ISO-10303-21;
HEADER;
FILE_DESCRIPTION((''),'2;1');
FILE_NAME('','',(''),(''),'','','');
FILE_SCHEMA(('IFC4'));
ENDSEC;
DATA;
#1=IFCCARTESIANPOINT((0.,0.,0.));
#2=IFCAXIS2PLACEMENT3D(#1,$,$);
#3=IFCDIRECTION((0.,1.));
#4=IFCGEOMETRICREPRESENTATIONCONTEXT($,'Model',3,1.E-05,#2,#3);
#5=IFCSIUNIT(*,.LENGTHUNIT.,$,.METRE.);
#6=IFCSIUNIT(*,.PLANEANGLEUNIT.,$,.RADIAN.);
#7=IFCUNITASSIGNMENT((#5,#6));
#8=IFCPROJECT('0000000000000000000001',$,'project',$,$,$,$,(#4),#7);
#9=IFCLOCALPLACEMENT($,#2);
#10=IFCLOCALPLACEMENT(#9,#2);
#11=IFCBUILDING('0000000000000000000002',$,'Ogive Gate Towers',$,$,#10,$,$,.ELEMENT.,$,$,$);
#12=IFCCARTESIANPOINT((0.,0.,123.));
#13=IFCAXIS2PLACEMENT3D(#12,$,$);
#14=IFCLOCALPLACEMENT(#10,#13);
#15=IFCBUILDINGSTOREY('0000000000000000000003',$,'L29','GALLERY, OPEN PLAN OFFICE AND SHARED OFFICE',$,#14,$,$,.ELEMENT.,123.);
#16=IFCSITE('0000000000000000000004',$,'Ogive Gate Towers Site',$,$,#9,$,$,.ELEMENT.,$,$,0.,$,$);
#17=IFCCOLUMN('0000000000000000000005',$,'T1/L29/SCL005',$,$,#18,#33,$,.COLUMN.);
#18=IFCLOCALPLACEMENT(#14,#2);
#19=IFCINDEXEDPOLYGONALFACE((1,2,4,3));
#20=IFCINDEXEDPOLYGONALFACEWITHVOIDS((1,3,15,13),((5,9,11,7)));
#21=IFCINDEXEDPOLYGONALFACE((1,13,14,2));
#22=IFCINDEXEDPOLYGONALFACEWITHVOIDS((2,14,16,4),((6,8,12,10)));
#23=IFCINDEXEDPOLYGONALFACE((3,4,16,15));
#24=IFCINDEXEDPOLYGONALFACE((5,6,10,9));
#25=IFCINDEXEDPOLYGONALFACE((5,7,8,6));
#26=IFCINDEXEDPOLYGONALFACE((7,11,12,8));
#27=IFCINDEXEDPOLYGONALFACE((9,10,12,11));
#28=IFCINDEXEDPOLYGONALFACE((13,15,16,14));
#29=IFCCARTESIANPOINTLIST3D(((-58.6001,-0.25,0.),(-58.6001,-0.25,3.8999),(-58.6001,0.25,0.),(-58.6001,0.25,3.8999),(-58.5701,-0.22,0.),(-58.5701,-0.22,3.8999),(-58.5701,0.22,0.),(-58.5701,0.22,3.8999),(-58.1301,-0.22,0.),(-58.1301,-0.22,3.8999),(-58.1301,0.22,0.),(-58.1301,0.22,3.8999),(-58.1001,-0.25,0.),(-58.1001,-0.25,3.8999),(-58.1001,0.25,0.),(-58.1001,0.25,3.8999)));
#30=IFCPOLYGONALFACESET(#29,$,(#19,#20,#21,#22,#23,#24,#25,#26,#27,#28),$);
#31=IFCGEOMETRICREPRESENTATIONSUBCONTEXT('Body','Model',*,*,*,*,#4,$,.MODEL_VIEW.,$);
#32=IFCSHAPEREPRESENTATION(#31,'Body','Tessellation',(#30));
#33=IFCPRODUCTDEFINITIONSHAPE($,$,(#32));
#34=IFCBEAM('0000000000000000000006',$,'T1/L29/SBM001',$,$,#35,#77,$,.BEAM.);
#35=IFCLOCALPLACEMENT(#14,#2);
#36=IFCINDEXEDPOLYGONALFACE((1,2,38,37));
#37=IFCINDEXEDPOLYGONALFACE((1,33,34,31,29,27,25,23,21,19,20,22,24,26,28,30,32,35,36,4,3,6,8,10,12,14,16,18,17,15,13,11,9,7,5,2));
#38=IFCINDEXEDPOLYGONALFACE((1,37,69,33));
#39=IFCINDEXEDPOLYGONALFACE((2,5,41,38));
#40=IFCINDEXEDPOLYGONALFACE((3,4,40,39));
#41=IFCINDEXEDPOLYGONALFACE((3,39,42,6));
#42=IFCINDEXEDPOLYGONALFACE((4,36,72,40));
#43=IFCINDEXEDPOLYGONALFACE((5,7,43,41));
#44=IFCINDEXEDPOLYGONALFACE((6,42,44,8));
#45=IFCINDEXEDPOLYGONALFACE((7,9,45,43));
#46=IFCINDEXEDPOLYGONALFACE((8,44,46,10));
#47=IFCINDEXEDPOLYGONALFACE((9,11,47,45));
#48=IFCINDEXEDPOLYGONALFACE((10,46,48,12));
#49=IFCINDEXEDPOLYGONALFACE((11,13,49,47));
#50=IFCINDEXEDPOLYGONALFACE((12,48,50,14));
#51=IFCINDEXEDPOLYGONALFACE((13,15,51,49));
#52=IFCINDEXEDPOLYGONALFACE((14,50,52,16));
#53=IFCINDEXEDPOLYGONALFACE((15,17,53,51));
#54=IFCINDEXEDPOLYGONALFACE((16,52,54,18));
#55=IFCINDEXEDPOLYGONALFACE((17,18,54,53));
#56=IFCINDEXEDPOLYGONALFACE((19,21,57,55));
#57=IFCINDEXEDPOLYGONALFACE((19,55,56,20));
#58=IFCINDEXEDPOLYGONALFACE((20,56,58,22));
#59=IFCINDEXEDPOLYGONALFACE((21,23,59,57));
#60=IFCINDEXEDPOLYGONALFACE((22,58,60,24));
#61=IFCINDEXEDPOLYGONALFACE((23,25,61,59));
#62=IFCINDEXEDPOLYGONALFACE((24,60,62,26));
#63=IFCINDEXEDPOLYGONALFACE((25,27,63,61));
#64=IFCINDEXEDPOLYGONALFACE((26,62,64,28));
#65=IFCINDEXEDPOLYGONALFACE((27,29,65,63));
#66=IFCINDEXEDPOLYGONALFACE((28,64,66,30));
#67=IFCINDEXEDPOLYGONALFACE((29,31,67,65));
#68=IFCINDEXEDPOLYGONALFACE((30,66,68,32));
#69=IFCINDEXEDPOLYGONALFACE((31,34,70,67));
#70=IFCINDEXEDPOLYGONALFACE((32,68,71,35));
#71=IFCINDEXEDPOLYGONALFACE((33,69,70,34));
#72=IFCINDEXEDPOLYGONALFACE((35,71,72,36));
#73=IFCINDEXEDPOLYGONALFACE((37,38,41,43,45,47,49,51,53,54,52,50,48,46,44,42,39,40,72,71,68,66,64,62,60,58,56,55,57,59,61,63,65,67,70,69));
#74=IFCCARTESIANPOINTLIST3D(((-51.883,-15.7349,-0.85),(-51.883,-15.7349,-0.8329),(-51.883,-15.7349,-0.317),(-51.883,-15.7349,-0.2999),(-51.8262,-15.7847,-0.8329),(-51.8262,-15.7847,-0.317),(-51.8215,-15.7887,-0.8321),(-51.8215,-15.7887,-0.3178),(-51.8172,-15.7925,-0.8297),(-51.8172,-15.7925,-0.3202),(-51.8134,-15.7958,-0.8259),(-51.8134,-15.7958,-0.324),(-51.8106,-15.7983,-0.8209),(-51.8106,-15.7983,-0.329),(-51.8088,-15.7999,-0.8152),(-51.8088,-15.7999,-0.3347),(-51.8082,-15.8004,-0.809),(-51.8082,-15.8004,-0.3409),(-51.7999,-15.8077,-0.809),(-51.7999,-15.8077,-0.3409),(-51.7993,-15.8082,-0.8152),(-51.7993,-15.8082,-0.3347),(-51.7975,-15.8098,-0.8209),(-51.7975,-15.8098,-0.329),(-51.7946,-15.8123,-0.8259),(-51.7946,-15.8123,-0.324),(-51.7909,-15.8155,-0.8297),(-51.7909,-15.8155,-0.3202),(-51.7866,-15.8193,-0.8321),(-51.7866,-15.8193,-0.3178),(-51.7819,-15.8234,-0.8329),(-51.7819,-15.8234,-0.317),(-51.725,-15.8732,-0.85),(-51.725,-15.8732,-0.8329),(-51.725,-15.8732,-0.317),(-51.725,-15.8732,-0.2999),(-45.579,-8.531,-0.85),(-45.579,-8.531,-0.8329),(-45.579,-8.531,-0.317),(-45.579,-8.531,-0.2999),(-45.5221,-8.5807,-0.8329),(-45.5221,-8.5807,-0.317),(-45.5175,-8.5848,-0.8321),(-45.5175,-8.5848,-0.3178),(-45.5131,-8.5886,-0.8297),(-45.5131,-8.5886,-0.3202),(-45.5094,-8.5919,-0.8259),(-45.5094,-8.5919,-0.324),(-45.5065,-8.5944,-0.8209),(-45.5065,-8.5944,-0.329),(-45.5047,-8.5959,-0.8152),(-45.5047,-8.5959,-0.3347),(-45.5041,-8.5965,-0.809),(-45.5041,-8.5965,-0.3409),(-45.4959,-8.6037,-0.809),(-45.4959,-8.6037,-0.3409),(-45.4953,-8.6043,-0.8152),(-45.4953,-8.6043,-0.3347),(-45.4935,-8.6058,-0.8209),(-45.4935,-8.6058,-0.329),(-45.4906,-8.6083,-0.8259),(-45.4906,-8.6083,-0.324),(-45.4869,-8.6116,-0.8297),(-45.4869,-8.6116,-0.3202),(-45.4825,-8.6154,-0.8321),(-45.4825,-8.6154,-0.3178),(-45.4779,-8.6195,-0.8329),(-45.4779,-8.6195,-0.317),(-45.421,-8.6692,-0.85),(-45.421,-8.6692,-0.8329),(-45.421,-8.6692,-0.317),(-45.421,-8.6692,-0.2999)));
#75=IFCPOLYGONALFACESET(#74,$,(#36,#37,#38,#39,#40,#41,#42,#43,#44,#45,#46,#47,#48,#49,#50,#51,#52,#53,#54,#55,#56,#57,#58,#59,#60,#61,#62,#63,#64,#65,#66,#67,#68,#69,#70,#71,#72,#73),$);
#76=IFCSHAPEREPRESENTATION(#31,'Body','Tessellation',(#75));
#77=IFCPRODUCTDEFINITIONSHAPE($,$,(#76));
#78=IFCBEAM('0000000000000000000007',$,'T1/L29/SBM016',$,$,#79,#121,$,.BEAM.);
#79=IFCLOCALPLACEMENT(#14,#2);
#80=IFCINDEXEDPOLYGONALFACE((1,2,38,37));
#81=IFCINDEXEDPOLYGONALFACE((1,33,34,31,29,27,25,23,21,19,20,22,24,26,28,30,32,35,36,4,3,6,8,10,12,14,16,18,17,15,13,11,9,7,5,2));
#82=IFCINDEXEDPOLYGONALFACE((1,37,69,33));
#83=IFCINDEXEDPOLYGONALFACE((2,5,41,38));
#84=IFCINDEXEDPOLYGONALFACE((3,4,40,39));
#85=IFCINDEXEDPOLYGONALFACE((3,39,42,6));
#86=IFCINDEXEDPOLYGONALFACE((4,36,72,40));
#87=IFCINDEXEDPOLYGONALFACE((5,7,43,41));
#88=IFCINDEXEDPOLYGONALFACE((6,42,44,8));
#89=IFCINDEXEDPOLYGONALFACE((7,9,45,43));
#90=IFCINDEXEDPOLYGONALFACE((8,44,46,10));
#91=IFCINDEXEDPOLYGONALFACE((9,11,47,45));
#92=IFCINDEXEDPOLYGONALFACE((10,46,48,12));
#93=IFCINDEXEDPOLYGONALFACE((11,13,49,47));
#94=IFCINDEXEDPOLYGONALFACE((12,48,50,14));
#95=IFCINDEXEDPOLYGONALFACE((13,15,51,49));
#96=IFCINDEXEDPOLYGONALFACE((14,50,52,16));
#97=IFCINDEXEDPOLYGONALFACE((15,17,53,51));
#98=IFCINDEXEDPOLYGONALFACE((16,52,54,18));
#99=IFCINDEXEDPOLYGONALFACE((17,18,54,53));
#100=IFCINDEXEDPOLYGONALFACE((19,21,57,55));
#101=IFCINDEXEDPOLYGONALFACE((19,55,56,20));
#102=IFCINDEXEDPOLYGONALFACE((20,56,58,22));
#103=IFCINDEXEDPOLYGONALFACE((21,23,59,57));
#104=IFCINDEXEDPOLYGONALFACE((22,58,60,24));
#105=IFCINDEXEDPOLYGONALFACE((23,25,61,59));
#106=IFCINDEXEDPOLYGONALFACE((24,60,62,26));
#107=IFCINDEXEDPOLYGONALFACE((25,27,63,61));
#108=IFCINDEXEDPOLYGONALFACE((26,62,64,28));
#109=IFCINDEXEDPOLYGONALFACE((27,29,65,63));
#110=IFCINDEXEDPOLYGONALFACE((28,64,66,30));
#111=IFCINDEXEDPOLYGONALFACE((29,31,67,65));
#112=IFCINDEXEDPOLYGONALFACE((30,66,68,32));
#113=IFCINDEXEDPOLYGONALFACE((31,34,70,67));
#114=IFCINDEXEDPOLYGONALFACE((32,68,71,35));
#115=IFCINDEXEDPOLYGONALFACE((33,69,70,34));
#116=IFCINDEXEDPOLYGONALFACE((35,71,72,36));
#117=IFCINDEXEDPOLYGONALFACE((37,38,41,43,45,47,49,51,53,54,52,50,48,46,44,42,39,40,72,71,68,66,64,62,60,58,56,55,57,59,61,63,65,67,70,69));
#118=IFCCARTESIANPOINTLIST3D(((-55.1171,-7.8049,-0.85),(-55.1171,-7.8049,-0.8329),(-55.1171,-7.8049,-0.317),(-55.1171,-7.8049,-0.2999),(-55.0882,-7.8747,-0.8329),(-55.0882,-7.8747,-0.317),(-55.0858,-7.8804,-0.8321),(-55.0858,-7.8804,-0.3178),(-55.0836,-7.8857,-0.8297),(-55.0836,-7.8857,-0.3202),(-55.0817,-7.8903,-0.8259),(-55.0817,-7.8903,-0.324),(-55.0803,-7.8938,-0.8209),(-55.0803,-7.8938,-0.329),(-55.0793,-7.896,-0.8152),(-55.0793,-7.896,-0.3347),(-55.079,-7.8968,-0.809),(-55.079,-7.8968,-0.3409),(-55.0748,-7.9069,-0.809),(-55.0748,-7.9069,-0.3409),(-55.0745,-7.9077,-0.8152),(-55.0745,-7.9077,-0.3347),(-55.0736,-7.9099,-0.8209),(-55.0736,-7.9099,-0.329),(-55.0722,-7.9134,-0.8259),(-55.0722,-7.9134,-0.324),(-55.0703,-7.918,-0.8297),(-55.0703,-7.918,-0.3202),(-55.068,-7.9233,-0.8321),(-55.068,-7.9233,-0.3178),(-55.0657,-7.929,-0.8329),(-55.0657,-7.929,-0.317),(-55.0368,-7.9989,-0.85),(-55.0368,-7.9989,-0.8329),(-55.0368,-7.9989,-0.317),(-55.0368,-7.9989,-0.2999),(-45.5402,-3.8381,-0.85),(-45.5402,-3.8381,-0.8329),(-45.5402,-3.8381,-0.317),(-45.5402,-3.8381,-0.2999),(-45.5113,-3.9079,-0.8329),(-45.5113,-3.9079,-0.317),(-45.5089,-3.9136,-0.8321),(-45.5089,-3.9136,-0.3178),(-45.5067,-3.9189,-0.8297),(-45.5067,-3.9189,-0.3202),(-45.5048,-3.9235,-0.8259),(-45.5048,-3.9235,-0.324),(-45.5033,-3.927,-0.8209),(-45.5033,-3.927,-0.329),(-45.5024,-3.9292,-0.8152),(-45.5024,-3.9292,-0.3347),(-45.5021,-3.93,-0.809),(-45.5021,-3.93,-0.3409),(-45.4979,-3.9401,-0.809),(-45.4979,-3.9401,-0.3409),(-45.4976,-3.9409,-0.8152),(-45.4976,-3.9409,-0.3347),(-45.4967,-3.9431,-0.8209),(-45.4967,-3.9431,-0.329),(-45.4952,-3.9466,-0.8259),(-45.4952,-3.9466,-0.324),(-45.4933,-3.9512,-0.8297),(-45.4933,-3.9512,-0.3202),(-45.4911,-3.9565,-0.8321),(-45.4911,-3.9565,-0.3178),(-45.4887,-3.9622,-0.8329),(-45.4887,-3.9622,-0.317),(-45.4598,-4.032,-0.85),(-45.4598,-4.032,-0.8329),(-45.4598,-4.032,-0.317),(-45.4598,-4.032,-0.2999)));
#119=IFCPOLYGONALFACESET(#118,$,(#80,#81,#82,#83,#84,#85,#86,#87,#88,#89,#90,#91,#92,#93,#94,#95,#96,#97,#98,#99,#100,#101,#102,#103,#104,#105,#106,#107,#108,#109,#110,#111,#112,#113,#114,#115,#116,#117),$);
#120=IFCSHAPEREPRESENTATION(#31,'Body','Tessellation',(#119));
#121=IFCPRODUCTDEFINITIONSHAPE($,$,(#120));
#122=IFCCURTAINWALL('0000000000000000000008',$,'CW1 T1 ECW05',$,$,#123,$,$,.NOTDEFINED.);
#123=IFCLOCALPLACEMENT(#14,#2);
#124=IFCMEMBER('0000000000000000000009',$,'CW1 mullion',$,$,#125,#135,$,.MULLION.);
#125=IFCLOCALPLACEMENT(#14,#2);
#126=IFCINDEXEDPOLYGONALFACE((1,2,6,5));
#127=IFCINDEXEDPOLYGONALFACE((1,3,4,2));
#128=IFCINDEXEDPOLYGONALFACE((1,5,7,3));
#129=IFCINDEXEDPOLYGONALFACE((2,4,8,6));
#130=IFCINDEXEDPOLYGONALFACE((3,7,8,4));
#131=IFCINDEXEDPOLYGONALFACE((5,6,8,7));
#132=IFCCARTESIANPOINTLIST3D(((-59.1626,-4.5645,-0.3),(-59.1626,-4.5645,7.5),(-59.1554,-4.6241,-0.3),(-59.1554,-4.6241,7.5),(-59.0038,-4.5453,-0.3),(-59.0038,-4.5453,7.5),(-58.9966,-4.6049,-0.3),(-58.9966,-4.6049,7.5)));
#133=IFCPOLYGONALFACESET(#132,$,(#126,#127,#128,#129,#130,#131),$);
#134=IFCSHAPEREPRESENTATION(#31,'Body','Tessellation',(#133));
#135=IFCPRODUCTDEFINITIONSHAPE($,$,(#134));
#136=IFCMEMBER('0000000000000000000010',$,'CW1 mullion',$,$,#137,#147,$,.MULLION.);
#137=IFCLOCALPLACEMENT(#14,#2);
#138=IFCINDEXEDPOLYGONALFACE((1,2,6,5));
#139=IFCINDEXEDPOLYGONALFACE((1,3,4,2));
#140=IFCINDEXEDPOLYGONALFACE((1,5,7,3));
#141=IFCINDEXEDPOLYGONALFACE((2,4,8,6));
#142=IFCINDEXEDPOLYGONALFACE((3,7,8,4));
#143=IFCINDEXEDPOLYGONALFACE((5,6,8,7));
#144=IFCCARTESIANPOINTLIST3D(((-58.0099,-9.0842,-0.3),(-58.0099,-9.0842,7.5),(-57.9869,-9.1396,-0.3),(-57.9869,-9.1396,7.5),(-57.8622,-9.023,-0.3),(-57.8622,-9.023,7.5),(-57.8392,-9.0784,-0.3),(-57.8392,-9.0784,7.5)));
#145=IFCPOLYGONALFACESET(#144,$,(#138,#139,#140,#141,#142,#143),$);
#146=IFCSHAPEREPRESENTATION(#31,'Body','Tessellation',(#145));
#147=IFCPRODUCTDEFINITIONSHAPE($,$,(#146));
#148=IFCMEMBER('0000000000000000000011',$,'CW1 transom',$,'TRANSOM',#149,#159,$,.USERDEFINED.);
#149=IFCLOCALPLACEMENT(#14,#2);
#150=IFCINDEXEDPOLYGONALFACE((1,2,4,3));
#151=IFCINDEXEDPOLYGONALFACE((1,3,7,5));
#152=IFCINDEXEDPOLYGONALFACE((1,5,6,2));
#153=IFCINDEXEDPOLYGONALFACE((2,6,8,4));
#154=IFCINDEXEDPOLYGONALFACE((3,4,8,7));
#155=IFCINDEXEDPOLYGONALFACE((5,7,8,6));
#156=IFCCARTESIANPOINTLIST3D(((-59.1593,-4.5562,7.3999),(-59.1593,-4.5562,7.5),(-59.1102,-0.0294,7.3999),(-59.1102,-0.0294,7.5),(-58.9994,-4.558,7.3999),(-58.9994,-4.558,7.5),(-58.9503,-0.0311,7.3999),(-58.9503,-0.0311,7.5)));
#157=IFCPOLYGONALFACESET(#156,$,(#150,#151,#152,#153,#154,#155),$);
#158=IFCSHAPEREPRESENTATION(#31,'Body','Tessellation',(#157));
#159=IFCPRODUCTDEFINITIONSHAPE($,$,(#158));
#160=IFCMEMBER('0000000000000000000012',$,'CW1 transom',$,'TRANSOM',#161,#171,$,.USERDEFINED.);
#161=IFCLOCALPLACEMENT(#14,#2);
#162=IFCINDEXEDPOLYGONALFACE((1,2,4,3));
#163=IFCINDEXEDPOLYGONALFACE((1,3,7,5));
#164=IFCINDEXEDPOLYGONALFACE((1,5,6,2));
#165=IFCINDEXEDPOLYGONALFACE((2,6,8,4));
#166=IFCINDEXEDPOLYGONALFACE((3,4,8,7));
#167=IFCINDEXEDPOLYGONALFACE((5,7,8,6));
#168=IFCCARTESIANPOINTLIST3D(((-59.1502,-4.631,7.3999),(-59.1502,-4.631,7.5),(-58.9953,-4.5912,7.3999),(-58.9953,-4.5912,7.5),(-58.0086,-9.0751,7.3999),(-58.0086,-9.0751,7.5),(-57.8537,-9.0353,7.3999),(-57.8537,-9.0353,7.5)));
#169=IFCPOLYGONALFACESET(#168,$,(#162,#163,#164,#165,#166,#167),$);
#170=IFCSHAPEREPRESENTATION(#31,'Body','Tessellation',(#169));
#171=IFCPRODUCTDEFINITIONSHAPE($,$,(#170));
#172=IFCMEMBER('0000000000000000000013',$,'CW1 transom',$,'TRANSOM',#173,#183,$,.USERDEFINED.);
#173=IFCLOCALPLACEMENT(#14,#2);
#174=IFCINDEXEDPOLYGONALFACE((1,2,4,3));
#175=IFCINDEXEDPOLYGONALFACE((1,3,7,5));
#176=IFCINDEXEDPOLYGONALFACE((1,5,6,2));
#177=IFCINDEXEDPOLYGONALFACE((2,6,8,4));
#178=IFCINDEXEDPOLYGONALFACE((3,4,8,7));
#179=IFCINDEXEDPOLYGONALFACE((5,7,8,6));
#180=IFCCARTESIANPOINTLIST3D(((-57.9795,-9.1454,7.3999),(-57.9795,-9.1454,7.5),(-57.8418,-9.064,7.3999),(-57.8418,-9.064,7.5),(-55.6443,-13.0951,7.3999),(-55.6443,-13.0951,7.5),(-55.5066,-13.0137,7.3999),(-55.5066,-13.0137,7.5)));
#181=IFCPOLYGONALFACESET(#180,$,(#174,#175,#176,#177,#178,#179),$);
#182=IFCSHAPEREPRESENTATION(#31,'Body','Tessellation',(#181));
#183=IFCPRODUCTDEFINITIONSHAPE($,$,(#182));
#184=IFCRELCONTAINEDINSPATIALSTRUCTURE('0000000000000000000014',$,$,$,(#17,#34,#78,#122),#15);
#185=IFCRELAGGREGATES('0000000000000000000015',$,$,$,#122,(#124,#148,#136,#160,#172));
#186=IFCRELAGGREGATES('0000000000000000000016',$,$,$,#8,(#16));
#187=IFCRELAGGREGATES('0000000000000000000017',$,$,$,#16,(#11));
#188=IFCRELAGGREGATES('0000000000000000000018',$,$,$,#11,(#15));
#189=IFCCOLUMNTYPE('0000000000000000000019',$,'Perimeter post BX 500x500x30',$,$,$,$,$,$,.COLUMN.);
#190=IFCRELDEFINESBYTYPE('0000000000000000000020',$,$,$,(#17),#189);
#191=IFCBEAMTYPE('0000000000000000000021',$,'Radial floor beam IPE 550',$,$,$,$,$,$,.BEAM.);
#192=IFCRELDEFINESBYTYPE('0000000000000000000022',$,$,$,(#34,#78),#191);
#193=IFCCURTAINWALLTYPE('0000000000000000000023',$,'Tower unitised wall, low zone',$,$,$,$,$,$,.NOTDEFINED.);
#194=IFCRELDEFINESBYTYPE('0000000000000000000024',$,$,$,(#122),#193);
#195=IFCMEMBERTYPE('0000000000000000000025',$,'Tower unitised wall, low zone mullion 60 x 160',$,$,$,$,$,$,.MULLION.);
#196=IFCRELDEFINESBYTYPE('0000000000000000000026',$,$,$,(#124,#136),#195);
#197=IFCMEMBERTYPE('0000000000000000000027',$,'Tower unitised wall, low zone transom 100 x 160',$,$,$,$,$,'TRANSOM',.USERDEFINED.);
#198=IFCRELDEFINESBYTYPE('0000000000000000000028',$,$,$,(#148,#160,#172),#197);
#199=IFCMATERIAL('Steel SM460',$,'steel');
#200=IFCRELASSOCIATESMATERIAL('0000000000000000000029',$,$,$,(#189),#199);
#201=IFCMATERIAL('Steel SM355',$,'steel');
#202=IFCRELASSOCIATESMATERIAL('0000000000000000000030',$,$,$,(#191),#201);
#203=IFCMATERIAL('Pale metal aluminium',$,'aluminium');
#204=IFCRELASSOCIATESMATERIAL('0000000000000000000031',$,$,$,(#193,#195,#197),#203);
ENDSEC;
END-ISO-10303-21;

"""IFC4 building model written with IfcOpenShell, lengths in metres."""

from ifc_helpers import new_model, si_unit, direction, frame, origin, origin_2d, place, context, subcontext, project, spatial, rectangle, hollow_rectangle, i_section, extrude, material, material_profile, profile_set, type_object, element, aggregate, save


model = new_model("IFC4")

# Units and contexts
model_context = context("Model", 3, precision=1e-05, world=origin(), true_north=direction((0.0, 1.0)))
body_context = subcontext(model_context, "Body", "Model", "MODEL_VIEW")
ifc_project = project(units=[si_unit("LENGTHUNIT", "METRE"), si_unit("PLANEANGLEUNIT", "RADIAN")], contexts=[model_context])

# Site, building, storey
site_placement = place(None, origin())
site = spatial("IfcSite", under=ifc_project, at=site_placement, Name="Ogive Gate Towers Site", CompositionType="ELEMENT", RefElevation=0.0)
building_placement = place(site_placement, origin())
building = spatial("IfcBuilding", under=site, at=building_placement, Name="Ogive Gate Towers", CompositionType="ELEMENT")
storey_placement = place(building_placement, frame((0.0, 0.0, 123.0)))
storey = spatial("IfcBuildingStorey", under=building, at=storey_placement, Name="L29", Description="GALLERY, OPEN PLAN OFFICE AND SHARED OFFICE", CompositionType="ELEMENT", Elevation=123.0)

# Column
ifc_material_1 = material(Name="Steel SM460", Category="steel")
ifc_material_profile_1 = material_profile(ifc_material_1, hollow_rectangle(XDim=0.5, YDim=0.5, WallThickness=0.03, at=origin_2d()), Name="BX 500x500x30")
ifc_profile_set_1 = profile_set([ifc_material_profile_1], Name="Steel SM460")
column_type = type_object("IfcColumnType", Name="Perimeter post BX 500x500x30", PredefinedType="COLUMN", material=ifc_profile_set_1)
column_placement = place(storey_placement, frame((-58.3501, 0.0, 0.0), z_axis=(0.0, 0.0, 1.0), x_axis=(1.0, 0.0, 0.0)))
element("IfcColumn", 1, at=column_placement, inside=storey, type_object=column_type, Name="T1/L29/SCL005", PredefinedType="COLUMN", context=body_context, shape_type="SweptSolid", body=[
    extrude(hollow_rectangle(XDim=0.5, YDim=0.5, WallThickness=0.03, at=origin_2d()), origin(), (0.0, 0.0, 1.0), 3.8999),
])

# Beams
ifc_material_2 = material(Name="Steel SM355", Category="steel")
ifc_material_profile_2 = material_profile(ifc_material_2, i_section(OverallWidth=0.21, OverallDepth=0.55, WebThickness=0.011, FlangeThickness=0.0171, FilletRadius=0.0239, at=origin_2d()), Name="IPE 550")
ifc_profile_set_2 = profile_set([ifc_material_profile_2], Name="Steel SM355")
beam_type = type_object("IfcBeamType", Name="Radial floor beam IPE 550", PredefinedType="BEAM", material=ifc_profile_set_2)
beam_1_placement = place(storey_placement, frame((-45.5, -8.6001, -0.575), z_axis=(-0.658539, -0.752547, 0.0), x_axis=(0.752547, -0.658539, 0.0)))
element("IfcBeam", 2, at=beam_1_placement, inside=storey, type_object=beam_type, Name="T1/L29/SBM001", PredefinedType="BEAM", context=body_context, shape_type="SweptSolid", body=[
    extrude(i_section(OverallWidth=0.21, OverallDepth=0.55, WebThickness=0.011, FlangeThickness=0.0171, FilletRadius=0.0239, at=origin_2d()), origin(), (0.0, 0.0, 1.0), 9.5728),
])
beam_2_placement = place(storey_placement, frame((-45.5, -3.9351, -0.575), z_axis=(-0.923882, -0.382676, 0.0), x_axis=(0.382676, -0.923882, 0.0)))
element("IfcBeam", 3, at=beam_2_placement, inside=storey, type_object=beam_type, Name="T1/L29/SBM016", PredefinedType="BEAM", context=body_context, shape_type="SweptSolid", body=[
    extrude(i_section(OverallWidth=0.21, OverallDepth=0.55, WebThickness=0.011, FlangeThickness=0.0171, FilletRadius=0.0239, at=origin_2d()), origin(), (0.0, 0.0, 1.0), 10.366),
])

# Curtain wall, members
ifc_material_3 = material(Name="Pale metal aluminium", Category="aluminium")
curtain_wall_type = type_object("IfcCurtainWallType", Name="Tower unitised wall, low zone", PredefinedType="NOTDEFINED", material=ifc_material_3)
curtain_wall_placement = place(storey_placement, origin())
curtain_wall = element("IfcCurtainWall", 4, at=curtain_wall_placement, inside=storey, type_object=curtain_wall_type, Name="CW1 T1 ECW05", PredefinedType="NOTDEFINED")
ifc_material_profile_3 = material_profile(ifc_material_3, rectangle(XDim=0.1599, YDim=0.0601, at=origin_2d()), Name="60 x 160 aluminium box")
ifc_profile_set_3 = profile_set([ifc_material_profile_3], Name="Pale metal aluminium")
member_type_1 = type_object("IfcMemberType", Name="Tower unitised wall, low zone mullion 60 x 160", PredefinedType="MULLION", material=ifc_profile_set_3)
member_1_placement = place(storey_placement, frame((-59.0796, -4.5847, -0.3), z_axis=(0.0, 0.0, 1.0), x_axis=(-0.99277, -0.120033, 0.0)))
member_1 = element("IfcMember", 5, at=member_1_placement, type_object=member_type_1, Name="CW1 mullion", PredefinedType="MULLION", context=body_context, shape_type="SweptSolid", body=[
    extrude(rectangle(XDim=0.1599, YDim=0.0601, at=origin_2d()), origin(), (0.0, 0.0, 1.0), 7.8),
])
member_2_placement = place(storey_placement, frame((-57.9246, -9.0813, -0.3), z_axis=(0.0, 0.0, 1.0), x_axis=(-0.92388, -0.382683, 0.0)))
member_2 = element("IfcMember", 6, at=member_2_placement, type_object=member_type_1, Name="CW1 mullion", PredefinedType="MULLION", context=body_context, shape_type="SweptSolid", body=[
    extrude(rectangle(XDim=0.1599, YDim=0.0601, at=origin_2d()), origin(), (0.0, 0.0, 1.0), 7.8),
])
ifc_material_profile_4 = material_profile(ifc_material_3, rectangle(XDim=0.1599, YDim=0.1001, at=origin_2d()), Name="100 x 160 aluminium box")
ifc_profile_set_4 = profile_set([ifc_material_profile_4], Name="Pale metal aluminium")
member_type_2 = type_object("IfcMemberType", Name="Tower unitised wall, low zone transom 100 x 160", ElementType="TRANSOM", PredefinedType="USERDEFINED", material=ifc_profile_set_4)
member_3_placement = place(storey_placement, frame((-59.0303, -0.0303, 7.45), z_axis=(-0.01084, -0.999941, 0.0), x_axis=(0.999941, -0.01084, 0.0)))
member_3 = element("IfcMember", 7, at=member_3_placement, type_object=member_type_2, Name="CW1 transom", ObjectType="TRANSOM", PredefinedType="USERDEFINED", context=body_context, shape_type="SweptSolid", body=[
    extrude(rectangle(XDim=0.1599, YDim=0.1001, at=origin_2d()), origin(), (0.0, 0.0, 1.0), 4.5271),
])
member_4_placement = place(storey_placement, frame((-59.0728, -4.6111, 7.45), z_axis=(0.248803, -0.968554, 0.0), x_axis=(0.968554, 0.248803, 0.0)))
member_4 = element("IfcMember", 8, at=member_4_placement, type_object=member_type_2, Name="CW1 transom", ObjectType="TRANSOM", PredefinedType="USERDEFINED", context=body_context, shape_type="SweptSolid", body=[
    extrude(rectangle(XDim=0.1599, YDim=0.1001, at=origin_2d()), origin(), (0.0, 0.0, 1.0), 4.5884),
])
member_5_placement = place(storey_placement, frame((-57.9106, -9.1047, 7.45), z_axis=(0.508937, -0.860804, 0.0), x_axis=(0.860804, 0.508937, 0.0)))
member_5 = element("IfcMember", 9, at=member_5_placement, type_object=member_type_2, Name="CW1 transom", ObjectType="TRANSOM", PredefinedType="USERDEFINED", context=body_context, shape_type="SweptSolid", body=[
    extrude(rectangle(XDim=0.1599, YDim=0.1001, at=origin_2d()), origin(), (0.0, 0.0, 1.0), 4.5884),
])
aggregate(curtain_wall, [member_1, member_3, member_2, member_4, member_5])

save(model, "model.ifc")
